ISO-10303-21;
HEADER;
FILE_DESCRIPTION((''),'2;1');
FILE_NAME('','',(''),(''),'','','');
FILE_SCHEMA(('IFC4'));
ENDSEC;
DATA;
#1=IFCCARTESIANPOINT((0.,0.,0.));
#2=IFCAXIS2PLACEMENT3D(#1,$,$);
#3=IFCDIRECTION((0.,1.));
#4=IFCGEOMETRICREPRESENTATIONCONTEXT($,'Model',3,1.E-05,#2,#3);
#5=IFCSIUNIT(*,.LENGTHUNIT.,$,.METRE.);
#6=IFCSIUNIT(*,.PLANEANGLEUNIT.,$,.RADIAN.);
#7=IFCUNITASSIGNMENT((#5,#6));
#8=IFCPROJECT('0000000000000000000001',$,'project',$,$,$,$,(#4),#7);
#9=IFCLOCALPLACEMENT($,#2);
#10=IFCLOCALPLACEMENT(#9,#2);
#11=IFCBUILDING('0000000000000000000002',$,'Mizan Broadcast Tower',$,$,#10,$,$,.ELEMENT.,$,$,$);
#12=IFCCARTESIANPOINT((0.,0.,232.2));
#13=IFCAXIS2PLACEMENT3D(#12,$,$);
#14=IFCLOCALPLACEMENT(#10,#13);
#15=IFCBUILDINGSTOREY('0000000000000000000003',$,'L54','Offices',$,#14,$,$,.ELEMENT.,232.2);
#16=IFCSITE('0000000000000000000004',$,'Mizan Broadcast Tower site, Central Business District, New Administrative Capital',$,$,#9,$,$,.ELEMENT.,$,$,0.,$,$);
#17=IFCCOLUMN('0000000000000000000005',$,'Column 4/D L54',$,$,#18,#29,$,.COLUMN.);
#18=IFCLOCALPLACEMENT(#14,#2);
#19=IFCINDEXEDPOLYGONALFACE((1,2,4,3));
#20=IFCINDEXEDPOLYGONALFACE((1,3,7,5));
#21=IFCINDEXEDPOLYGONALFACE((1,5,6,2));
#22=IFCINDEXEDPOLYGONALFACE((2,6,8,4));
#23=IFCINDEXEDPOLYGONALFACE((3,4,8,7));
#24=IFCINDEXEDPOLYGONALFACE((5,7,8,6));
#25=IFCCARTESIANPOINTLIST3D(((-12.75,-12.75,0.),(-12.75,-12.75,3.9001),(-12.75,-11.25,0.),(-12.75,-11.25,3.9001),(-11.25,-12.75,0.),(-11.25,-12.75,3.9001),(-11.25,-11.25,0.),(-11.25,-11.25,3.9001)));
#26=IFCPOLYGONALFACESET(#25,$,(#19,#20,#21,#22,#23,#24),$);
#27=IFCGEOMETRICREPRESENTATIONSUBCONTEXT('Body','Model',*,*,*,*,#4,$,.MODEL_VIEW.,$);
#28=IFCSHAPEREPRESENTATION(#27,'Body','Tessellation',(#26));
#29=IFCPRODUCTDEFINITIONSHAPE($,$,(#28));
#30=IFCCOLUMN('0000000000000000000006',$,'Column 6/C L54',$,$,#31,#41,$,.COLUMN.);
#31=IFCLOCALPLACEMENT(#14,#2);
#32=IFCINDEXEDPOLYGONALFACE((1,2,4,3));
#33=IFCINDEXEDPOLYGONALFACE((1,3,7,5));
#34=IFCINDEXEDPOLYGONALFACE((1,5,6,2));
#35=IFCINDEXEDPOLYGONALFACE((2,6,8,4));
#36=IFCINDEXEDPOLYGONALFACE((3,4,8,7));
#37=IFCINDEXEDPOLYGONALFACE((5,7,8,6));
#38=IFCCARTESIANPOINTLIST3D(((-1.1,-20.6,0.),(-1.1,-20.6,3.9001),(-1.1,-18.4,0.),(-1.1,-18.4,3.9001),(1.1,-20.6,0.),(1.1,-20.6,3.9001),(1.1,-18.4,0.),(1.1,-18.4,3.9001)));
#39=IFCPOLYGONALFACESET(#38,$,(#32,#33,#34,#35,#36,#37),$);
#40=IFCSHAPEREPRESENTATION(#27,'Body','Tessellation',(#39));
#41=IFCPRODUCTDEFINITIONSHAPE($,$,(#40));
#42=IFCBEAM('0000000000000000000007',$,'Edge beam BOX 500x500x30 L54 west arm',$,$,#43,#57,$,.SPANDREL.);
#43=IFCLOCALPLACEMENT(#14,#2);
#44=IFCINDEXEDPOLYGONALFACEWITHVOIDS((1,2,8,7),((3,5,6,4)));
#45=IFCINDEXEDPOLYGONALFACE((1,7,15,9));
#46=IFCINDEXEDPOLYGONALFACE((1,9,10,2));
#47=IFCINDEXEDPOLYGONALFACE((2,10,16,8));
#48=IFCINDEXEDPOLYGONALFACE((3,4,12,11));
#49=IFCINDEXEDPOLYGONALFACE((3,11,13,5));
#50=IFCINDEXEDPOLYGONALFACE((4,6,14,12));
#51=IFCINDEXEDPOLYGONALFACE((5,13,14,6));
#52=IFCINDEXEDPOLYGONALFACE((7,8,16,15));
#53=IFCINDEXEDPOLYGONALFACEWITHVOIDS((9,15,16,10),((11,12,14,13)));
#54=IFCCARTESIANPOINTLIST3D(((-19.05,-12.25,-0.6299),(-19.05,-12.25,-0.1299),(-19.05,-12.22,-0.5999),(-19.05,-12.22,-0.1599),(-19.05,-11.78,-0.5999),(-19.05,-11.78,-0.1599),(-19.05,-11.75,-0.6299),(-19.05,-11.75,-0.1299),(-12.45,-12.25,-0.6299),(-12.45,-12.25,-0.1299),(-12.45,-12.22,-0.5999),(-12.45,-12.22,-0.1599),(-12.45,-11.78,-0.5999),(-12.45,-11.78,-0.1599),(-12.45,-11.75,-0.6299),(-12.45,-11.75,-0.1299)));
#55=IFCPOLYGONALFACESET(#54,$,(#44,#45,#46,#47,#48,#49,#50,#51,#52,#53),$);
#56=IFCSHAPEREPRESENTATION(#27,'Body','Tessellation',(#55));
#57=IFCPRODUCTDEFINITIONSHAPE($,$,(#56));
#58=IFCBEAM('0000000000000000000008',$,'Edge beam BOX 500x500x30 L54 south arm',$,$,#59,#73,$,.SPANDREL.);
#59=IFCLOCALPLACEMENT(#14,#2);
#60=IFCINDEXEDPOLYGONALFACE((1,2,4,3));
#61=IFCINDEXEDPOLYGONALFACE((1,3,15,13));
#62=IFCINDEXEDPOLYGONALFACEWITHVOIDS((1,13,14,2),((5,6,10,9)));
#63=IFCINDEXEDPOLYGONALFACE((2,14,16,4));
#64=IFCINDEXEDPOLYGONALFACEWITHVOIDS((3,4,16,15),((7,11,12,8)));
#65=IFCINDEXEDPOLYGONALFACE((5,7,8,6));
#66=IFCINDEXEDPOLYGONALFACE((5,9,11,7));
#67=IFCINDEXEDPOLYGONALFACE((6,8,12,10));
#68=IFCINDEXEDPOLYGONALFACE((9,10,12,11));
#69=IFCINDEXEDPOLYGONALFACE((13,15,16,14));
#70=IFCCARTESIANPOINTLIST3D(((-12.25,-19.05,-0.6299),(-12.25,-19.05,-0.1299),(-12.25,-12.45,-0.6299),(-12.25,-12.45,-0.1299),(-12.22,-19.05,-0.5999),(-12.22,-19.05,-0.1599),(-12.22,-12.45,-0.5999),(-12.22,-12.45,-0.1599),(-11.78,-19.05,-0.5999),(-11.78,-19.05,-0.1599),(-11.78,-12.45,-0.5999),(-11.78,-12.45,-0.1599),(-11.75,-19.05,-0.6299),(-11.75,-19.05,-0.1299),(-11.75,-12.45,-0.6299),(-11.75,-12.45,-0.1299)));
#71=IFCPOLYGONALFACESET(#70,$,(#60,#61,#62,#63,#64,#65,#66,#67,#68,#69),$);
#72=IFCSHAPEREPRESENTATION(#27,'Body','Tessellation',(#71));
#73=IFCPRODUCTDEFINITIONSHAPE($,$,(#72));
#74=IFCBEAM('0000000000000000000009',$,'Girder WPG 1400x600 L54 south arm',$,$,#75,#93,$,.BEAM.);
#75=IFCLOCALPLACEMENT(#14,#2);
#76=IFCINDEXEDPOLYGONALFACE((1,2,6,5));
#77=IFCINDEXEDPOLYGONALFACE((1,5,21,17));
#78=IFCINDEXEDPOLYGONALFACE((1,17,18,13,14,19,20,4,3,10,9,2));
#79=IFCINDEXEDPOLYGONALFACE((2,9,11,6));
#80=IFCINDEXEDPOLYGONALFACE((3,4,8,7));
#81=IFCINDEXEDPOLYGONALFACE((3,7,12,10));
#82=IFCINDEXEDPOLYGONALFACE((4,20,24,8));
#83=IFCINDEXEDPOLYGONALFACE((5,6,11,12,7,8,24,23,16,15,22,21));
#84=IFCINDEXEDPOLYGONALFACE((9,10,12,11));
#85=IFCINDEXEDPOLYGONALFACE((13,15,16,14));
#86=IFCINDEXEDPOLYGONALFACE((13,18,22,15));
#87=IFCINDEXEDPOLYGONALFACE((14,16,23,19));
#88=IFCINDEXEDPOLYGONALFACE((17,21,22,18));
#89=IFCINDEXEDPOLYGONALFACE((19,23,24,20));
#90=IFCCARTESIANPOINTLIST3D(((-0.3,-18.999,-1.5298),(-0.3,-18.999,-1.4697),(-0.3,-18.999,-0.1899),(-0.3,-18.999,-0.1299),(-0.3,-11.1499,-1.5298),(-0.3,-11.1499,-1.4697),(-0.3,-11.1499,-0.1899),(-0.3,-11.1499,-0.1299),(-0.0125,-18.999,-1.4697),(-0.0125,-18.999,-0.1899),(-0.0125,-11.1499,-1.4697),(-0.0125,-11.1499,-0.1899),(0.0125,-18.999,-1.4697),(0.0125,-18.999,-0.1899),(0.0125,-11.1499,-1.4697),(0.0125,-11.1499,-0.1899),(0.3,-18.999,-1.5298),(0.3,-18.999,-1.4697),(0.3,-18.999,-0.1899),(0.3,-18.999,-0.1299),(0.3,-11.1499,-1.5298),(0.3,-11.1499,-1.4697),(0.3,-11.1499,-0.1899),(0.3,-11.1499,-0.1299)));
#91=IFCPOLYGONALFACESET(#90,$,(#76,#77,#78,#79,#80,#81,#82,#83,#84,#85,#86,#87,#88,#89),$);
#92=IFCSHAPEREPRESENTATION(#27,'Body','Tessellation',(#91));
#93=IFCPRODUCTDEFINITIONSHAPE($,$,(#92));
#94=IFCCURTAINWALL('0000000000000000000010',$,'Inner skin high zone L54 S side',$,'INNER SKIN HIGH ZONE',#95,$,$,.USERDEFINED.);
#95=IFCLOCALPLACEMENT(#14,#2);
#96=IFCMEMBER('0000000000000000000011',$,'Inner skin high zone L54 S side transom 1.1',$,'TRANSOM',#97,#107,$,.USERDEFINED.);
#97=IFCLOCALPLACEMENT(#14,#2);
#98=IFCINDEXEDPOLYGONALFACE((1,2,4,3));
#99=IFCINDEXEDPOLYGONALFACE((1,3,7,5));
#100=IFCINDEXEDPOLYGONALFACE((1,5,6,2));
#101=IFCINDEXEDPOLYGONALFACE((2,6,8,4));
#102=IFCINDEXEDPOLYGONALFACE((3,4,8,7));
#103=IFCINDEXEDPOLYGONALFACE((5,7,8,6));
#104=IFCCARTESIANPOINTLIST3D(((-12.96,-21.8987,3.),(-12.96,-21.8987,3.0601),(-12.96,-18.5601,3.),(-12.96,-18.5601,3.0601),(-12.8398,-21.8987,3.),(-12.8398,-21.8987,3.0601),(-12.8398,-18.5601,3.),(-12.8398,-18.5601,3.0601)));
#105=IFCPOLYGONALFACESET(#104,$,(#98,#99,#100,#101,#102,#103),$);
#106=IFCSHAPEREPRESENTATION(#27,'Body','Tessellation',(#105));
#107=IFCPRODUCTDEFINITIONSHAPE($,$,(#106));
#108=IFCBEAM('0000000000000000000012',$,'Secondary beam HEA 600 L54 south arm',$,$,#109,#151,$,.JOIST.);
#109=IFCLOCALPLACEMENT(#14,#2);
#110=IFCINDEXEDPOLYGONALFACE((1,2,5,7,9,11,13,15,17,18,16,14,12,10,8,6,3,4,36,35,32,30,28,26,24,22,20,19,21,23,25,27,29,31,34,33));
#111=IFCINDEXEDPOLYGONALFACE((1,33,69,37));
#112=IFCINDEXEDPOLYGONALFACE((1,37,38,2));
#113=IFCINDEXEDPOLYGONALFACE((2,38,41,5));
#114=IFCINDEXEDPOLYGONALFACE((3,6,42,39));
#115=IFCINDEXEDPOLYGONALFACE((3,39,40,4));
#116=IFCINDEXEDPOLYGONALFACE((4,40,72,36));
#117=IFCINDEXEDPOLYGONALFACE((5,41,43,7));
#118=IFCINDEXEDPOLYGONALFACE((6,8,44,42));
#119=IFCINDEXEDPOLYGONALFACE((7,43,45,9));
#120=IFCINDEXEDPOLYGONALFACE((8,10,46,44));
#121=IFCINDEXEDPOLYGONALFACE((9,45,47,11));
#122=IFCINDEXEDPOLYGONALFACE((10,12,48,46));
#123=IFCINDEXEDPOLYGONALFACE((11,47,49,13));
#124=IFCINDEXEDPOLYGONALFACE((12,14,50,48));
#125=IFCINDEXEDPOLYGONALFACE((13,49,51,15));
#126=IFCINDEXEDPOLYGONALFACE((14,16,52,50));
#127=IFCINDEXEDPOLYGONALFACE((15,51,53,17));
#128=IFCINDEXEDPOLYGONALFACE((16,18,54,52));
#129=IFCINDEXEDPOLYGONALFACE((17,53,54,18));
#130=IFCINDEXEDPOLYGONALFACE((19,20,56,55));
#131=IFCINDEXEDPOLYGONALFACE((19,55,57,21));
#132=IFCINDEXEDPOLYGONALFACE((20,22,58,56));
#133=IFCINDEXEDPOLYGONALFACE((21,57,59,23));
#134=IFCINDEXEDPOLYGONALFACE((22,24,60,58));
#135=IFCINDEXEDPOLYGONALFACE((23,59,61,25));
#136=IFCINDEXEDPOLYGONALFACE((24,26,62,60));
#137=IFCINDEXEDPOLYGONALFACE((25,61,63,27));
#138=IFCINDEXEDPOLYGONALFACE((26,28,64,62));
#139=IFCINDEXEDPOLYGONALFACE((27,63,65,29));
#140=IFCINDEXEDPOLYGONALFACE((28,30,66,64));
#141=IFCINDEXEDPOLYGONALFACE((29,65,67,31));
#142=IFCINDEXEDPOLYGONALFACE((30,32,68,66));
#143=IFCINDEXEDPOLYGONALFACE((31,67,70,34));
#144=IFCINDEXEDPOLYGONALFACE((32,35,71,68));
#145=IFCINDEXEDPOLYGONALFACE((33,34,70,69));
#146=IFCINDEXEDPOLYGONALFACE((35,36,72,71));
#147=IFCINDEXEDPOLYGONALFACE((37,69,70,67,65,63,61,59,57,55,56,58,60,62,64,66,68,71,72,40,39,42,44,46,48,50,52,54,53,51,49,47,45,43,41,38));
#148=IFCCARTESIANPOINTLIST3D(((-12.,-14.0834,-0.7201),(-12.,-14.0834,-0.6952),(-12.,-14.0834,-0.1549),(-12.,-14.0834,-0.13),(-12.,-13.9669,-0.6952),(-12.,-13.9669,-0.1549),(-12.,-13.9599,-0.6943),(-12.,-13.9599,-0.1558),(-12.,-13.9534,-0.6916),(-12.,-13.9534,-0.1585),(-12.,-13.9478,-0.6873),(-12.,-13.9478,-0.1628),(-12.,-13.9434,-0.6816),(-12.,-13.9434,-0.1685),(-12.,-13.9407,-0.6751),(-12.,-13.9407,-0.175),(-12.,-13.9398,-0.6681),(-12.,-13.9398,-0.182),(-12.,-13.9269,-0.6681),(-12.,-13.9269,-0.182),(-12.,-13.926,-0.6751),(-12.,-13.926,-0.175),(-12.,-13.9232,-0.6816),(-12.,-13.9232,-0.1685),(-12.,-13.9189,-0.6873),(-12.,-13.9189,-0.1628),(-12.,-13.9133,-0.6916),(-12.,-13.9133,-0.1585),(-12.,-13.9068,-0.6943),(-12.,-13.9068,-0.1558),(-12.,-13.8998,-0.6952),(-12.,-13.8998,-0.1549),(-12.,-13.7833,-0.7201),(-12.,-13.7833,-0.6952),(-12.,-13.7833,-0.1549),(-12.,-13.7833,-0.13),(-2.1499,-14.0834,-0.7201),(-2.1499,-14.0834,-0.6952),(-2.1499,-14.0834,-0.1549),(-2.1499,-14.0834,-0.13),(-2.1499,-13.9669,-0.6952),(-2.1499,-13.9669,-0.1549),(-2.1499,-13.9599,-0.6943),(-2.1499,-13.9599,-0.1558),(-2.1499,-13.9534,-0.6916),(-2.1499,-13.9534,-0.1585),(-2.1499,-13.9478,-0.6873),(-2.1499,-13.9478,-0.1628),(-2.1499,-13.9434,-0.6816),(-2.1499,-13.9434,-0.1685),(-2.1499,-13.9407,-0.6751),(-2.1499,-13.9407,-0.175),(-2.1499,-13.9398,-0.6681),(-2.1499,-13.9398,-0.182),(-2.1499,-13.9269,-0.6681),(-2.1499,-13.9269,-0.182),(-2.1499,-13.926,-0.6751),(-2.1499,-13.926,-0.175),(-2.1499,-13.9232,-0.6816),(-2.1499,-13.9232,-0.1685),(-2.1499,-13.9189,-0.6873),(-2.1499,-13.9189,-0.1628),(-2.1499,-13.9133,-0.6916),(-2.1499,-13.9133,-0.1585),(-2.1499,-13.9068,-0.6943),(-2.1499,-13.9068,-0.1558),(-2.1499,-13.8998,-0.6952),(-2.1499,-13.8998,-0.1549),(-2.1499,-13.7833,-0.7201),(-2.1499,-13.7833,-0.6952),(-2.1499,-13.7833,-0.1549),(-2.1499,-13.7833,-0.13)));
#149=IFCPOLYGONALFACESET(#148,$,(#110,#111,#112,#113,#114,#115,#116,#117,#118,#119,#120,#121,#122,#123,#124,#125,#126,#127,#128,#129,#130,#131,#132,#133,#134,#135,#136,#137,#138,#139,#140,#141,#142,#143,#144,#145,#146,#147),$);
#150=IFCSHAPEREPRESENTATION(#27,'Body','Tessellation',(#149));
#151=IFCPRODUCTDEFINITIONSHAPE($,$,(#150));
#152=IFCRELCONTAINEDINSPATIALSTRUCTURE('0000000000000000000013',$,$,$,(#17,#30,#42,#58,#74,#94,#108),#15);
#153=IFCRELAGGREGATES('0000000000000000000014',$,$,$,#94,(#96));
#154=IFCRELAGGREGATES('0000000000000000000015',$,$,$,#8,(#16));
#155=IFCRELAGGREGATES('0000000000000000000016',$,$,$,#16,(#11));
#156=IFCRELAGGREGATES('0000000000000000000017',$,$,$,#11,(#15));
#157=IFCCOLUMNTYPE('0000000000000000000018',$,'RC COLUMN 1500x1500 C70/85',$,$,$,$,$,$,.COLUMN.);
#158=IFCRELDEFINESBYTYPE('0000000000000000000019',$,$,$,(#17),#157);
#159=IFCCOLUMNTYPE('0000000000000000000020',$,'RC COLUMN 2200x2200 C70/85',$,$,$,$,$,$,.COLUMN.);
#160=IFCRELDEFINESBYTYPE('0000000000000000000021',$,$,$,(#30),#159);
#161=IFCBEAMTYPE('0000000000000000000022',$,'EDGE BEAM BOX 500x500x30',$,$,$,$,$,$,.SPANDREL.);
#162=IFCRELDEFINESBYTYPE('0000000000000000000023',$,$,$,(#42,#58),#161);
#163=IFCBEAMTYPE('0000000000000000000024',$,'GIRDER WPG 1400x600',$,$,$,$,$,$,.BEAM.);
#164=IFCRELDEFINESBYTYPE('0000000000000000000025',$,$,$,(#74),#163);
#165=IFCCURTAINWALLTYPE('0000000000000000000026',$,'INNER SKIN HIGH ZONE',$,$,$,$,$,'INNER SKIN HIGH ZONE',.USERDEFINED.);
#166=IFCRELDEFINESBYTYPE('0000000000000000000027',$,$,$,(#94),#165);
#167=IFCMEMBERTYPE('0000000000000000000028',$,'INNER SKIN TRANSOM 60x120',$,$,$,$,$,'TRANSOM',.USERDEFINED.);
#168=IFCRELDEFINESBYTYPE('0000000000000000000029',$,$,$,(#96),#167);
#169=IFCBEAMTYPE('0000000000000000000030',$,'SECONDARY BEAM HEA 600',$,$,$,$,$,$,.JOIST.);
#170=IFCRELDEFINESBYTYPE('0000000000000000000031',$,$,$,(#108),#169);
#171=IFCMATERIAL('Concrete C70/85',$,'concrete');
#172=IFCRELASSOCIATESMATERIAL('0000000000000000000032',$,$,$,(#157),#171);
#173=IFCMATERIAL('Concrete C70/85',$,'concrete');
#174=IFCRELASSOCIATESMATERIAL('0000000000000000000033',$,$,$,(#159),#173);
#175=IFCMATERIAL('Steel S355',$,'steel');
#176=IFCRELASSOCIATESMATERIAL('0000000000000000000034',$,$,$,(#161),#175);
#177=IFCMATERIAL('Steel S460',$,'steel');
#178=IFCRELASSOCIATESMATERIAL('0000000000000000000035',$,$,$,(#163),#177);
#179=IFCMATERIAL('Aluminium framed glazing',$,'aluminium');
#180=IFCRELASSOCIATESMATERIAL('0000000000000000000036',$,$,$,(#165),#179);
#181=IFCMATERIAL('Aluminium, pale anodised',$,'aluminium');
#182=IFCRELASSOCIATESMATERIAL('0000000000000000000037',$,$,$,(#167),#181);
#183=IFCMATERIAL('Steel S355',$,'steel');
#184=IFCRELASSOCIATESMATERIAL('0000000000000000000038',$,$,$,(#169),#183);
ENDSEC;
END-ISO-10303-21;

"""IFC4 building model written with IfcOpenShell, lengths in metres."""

from ifc_helpers import new_model, si_unit, direction, frame, origin, origin_2d, place, context, subcontext, project, spatial, rectangle, hollow_rectangle, i_section, extrude, material, material_profile, profile_set, type_object, element, aggregate, save


model = new_model("IFC4")

# Units and contexts
model_context = context("Model", 3, precision=1e-05, world=origin(), true_north=direction((0.0, 1.0)))
body_context = subcontext(model_context, "Body", "Model", "MODEL_VIEW")
ifc_project = project(units=[si_unit("LENGTHUNIT", "METRE"), si_unit("PLANEANGLEUNIT", "RADIAN")], contexts=[model_context])

# Site, building, storey
site_placement = place(None, origin())
site = spatial("IfcSite", under=ifc_project, at=site_placement, Name="Mizan Broadcast Tower site, Central Business District, New Administrative Capital", CompositionType="ELEMENT", RefElevation=0.0)
building_placement = place(site_placement, origin())
building = spatial("IfcBuilding", under=site, at=building_placement, Name="Mizan Broadcast Tower", CompositionType="ELEMENT")
storey_placement = place(building_placement, frame((0.0, 0.0, 232.2)))
storey = spatial("IfcBuildingStorey", under=building, at=storey_placement, Name="L54", Description="Offices", CompositionType="ELEMENT", Elevation=232.2)

# Columns
ifc_material_1 = material(Name="Concrete C70/85", Category="concrete")
ifc_material_profile_1 = material_profile(ifc_material_1, rectangle(XDim=1.5, YDim=1.5, at=origin_2d()), Name="RC 1500x1500")
ifc_profile_set_1 = profile_set([ifc_material_profile_1], Name="Concrete C70/85")
column_type_1 = type_object("IfcColumnType", Name="RC COLUMN 1500x1500 C70/85", PredefinedType="COLUMN", material=ifc_profile_set_1)
column_1_placement = place(storey_placement, frame((-12.0, -12.0, 0.0), z_axis=(0.0, 0.0, 1.0), x_axis=(1.0, 0.0, 0.0)))
element("IfcColumn", 1, at=column_1_placement, inside=storey, type_object=column_type_1, Name="Column 4/D L54", PredefinedType="COLUMN", context=body_context, shape_type="SweptSolid", body=[
    extrude(rectangle(XDim=1.5, YDim=1.5, at=origin_2d()), origin(), (0.0, 0.0, 1.0), 3.9001),
])
ifc_material_2 = material(Name="Concrete C70/85", Category="concrete")
ifc_material_profile_2 = material_profile(ifc_material_2, rectangle(XDim=2.2, YDim=2.2, at=origin_2d()), Name="RC 2200x2200")
ifc_profile_set_2 = profile_set([ifc_material_profile_2], Name="Concrete C70/85")
column_type_2 = type_object("IfcColumnType", Name="RC COLUMN 2200x2200 C70/85", PredefinedType="COLUMN", material=ifc_profile_set_2)
column_2_placement = place(storey_placement, frame((0.0, -19.5, 0.0), z_axis=(0.0, 0.0, 1.0), x_axis=(1.0, 0.0, 0.0)))
element("IfcColumn", 2, at=column_2_placement, inside=storey, type_object=column_type_2, Name="Column 6/C L54", PredefinedType="COLUMN", context=body_context, shape_type="SweptSolid", body=[
    extrude(rectangle(XDim=2.2, YDim=2.2, at=origin_2d()), origin(), (0.0, 0.0, 1.0), 3.9001),
])

# Beams
ifc_material_3 = material(Name="Steel S355", Category="steel")
ifc_material_profile_3 = material_profile(ifc_material_3, hollow_rectangle(XDim=0.5, YDim=0.5, WallThickness=0.03, at=origin_2d()), Name="BOX 500x500x30")
ifc_profile_set_3 = profile_set([ifc_material_profile_3], Name="Steel S355")
beam_type_1 = type_object("IfcBeamType", Name="EDGE BEAM BOX 500x500x30", PredefinedType="SPANDREL", material=ifc_profile_set_3)
for number, where, z_axis, x_axis, name in (
    (3, (-12.45, -12.0, -0.3799), (-1.0, 0.0, 0.0), (0.0, -1.0, 0.0), "Edge beam BOX 500x500x30 L54 west arm"),
    (4, (-12.0, -12.45, -0.3799), (0.0, -1.0, 0.0), (1.0, 0.0, 0.0), "Edge beam BOX 500x500x30 L54 south arm"),
):
    element("IfcBeam", number, at=place(storey_placement, frame(where, z_axis=z_axis, x_axis=x_axis)), inside=storey, type_object=beam_type_1, Name=name, PredefinedType="SPANDREL", context=body_context, shape_type="SweptSolid", body=[
        extrude(hollow_rectangle(XDim=0.5, YDim=0.5, WallThickness=0.03, at=origin_2d()), origin(), (0.0, 0.0, 1.0), 6.6001),
    ])
ifc_material_4 = material(Name="Steel S460", Category="steel")
ifc_material_profile_4 = material_profile(ifc_material_4, i_section(OverallWidth=0.6001, OverallDepth=1.3999, WebThickness=0.0249, FlangeThickness=0.0601, at=origin_2d()), Name="WPG 1400x600")
ifc_profile_set_4 = profile_set([ifc_material_profile_4], Name="Steel S460")
beam_type_2 = type_object("IfcBeamType", Name="GIRDER WPG 1400x600", PredefinedType="BEAM", material=ifc_profile_set_4)
beam_1_placement = place(storey_placement, frame((0.0, -11.1499, -0.8298), z_axis=(0.0, -1.0, 0.0), x_axis=(1.0, 0.0, 0.0)))
element("IfcBeam", 5, at=beam_1_placement, inside=storey, type_object=beam_type_2, Name="Girder WPG 1400x600 L54 south arm", PredefinedType="BEAM", context=body_context, shape_type="SweptSolid", body=[
    extrude(i_section(OverallWidth=0.6001, OverallDepth=1.3999, WebThickness=0.0249, FlangeThickness=0.0601, at=origin_2d()), origin(), (0.0, 0.0, 1.0), 7.8491),
])

# Curtain wall, member
ifc_material_5 = material(Name="Aluminium framed glazing", Category="aluminium")
curtain_wall_type = type_object("IfcCurtainWallType", Name="INNER SKIN HIGH ZONE", ElementType="INNER SKIN HIGH ZONE", PredefinedType="USERDEFINED", material=ifc_material_5)
curtain_wall_placement = place(storey_placement, origin())
curtain_wall = element("IfcCurtainWall", 6, at=curtain_wall_placement, inside=storey, type_object=curtain_wall_type, Name="Inner skin high zone L54 S side", ObjectType="INNER SKIN HIGH ZONE", PredefinedType="USERDEFINED")
ifc_material_6 = material(Name="Aluminium, pale anodised", Category="aluminium")
ifc_material_profile_5 = material_profile(ifc_material_6, rectangle(XDim=0.1201, YDim=0.0601, at=origin_2d()), Name="TRANSOM 120x60")
ifc_profile_set_5 = profile_set([ifc_material_profile_5], Name="Aluminium, pale anodised")
member_type = type_object("IfcMemberType", Name="INNER SKIN TRANSOM 60x120", ElementType="TRANSOM", PredefinedType="USERDEFINED", material=ifc_profile_set_5)
member_placement = place(storey_placement, frame((-12.8999, -18.5601, 3.03), z_axis=(0.0, -1.0, 0.0), x_axis=(1.0, 0.0, 0.0)))
member = element("IfcMember", 7, at=member_placement, type_object=member_type, Name="Inner skin high zone L54 S side transom 1.1", ObjectType="TRANSOM", PredefinedType="USERDEFINED", context=body_context, shape_type="SweptSolid", body=[
    extrude(rectangle(XDim=0.1201, YDim=0.0601, at=origin_2d()), origin(), (0.0, 0.0, 1.0), 3.3386),
])
aggregate(curtain_wall, [member])

# Beam
ifc_material_7 = material(Name="Steel S355", Category="steel")
ifc_material_profile_6 = material_profile(ifc_material_7, i_section(OverallWidth=0.3, OverallDepth=0.5901, WebThickness=0.0129, FlangeThickness=0.0249, FilletRadius=0.0271, at=origin_2d()), Name="HEA 600")
ifc_profile_set_6 = profile_set([ifc_material_profile_6], Name="Steel S355")
beam_type_3 = type_object("IfcBeamType", Name="SECONDARY BEAM HEA 600", PredefinedType="JOIST", material=ifc_profile_set_6)
for number, where, z_axis, x_axis, name in (
    (8, (-12.0, -13.9333, -0.425), (1.0, 0.0, 0.0), (0.0, 1.0, 0.0), "Secondary beam HEA 600 L54 south arm"),
):
    element("IfcBeam", number, at=place(storey_placement, frame(where, z_axis=z_axis, x_axis=x_axis)), inside=storey, type_object=beam_type_3, Name=name, PredefinedType="JOIST", context=body_context, shape_type="SweptSolid", body=[
        extrude(i_section(OverallWidth=0.3, OverallDepth=0.5901, WebThickness=0.0129, FlangeThickness=0.0249, FilletRadius=0.0271, at=origin_2d()), origin(), (0.0, 0.0, 1.0), 9.8501),
    ])

save(model, "model.ifc")
